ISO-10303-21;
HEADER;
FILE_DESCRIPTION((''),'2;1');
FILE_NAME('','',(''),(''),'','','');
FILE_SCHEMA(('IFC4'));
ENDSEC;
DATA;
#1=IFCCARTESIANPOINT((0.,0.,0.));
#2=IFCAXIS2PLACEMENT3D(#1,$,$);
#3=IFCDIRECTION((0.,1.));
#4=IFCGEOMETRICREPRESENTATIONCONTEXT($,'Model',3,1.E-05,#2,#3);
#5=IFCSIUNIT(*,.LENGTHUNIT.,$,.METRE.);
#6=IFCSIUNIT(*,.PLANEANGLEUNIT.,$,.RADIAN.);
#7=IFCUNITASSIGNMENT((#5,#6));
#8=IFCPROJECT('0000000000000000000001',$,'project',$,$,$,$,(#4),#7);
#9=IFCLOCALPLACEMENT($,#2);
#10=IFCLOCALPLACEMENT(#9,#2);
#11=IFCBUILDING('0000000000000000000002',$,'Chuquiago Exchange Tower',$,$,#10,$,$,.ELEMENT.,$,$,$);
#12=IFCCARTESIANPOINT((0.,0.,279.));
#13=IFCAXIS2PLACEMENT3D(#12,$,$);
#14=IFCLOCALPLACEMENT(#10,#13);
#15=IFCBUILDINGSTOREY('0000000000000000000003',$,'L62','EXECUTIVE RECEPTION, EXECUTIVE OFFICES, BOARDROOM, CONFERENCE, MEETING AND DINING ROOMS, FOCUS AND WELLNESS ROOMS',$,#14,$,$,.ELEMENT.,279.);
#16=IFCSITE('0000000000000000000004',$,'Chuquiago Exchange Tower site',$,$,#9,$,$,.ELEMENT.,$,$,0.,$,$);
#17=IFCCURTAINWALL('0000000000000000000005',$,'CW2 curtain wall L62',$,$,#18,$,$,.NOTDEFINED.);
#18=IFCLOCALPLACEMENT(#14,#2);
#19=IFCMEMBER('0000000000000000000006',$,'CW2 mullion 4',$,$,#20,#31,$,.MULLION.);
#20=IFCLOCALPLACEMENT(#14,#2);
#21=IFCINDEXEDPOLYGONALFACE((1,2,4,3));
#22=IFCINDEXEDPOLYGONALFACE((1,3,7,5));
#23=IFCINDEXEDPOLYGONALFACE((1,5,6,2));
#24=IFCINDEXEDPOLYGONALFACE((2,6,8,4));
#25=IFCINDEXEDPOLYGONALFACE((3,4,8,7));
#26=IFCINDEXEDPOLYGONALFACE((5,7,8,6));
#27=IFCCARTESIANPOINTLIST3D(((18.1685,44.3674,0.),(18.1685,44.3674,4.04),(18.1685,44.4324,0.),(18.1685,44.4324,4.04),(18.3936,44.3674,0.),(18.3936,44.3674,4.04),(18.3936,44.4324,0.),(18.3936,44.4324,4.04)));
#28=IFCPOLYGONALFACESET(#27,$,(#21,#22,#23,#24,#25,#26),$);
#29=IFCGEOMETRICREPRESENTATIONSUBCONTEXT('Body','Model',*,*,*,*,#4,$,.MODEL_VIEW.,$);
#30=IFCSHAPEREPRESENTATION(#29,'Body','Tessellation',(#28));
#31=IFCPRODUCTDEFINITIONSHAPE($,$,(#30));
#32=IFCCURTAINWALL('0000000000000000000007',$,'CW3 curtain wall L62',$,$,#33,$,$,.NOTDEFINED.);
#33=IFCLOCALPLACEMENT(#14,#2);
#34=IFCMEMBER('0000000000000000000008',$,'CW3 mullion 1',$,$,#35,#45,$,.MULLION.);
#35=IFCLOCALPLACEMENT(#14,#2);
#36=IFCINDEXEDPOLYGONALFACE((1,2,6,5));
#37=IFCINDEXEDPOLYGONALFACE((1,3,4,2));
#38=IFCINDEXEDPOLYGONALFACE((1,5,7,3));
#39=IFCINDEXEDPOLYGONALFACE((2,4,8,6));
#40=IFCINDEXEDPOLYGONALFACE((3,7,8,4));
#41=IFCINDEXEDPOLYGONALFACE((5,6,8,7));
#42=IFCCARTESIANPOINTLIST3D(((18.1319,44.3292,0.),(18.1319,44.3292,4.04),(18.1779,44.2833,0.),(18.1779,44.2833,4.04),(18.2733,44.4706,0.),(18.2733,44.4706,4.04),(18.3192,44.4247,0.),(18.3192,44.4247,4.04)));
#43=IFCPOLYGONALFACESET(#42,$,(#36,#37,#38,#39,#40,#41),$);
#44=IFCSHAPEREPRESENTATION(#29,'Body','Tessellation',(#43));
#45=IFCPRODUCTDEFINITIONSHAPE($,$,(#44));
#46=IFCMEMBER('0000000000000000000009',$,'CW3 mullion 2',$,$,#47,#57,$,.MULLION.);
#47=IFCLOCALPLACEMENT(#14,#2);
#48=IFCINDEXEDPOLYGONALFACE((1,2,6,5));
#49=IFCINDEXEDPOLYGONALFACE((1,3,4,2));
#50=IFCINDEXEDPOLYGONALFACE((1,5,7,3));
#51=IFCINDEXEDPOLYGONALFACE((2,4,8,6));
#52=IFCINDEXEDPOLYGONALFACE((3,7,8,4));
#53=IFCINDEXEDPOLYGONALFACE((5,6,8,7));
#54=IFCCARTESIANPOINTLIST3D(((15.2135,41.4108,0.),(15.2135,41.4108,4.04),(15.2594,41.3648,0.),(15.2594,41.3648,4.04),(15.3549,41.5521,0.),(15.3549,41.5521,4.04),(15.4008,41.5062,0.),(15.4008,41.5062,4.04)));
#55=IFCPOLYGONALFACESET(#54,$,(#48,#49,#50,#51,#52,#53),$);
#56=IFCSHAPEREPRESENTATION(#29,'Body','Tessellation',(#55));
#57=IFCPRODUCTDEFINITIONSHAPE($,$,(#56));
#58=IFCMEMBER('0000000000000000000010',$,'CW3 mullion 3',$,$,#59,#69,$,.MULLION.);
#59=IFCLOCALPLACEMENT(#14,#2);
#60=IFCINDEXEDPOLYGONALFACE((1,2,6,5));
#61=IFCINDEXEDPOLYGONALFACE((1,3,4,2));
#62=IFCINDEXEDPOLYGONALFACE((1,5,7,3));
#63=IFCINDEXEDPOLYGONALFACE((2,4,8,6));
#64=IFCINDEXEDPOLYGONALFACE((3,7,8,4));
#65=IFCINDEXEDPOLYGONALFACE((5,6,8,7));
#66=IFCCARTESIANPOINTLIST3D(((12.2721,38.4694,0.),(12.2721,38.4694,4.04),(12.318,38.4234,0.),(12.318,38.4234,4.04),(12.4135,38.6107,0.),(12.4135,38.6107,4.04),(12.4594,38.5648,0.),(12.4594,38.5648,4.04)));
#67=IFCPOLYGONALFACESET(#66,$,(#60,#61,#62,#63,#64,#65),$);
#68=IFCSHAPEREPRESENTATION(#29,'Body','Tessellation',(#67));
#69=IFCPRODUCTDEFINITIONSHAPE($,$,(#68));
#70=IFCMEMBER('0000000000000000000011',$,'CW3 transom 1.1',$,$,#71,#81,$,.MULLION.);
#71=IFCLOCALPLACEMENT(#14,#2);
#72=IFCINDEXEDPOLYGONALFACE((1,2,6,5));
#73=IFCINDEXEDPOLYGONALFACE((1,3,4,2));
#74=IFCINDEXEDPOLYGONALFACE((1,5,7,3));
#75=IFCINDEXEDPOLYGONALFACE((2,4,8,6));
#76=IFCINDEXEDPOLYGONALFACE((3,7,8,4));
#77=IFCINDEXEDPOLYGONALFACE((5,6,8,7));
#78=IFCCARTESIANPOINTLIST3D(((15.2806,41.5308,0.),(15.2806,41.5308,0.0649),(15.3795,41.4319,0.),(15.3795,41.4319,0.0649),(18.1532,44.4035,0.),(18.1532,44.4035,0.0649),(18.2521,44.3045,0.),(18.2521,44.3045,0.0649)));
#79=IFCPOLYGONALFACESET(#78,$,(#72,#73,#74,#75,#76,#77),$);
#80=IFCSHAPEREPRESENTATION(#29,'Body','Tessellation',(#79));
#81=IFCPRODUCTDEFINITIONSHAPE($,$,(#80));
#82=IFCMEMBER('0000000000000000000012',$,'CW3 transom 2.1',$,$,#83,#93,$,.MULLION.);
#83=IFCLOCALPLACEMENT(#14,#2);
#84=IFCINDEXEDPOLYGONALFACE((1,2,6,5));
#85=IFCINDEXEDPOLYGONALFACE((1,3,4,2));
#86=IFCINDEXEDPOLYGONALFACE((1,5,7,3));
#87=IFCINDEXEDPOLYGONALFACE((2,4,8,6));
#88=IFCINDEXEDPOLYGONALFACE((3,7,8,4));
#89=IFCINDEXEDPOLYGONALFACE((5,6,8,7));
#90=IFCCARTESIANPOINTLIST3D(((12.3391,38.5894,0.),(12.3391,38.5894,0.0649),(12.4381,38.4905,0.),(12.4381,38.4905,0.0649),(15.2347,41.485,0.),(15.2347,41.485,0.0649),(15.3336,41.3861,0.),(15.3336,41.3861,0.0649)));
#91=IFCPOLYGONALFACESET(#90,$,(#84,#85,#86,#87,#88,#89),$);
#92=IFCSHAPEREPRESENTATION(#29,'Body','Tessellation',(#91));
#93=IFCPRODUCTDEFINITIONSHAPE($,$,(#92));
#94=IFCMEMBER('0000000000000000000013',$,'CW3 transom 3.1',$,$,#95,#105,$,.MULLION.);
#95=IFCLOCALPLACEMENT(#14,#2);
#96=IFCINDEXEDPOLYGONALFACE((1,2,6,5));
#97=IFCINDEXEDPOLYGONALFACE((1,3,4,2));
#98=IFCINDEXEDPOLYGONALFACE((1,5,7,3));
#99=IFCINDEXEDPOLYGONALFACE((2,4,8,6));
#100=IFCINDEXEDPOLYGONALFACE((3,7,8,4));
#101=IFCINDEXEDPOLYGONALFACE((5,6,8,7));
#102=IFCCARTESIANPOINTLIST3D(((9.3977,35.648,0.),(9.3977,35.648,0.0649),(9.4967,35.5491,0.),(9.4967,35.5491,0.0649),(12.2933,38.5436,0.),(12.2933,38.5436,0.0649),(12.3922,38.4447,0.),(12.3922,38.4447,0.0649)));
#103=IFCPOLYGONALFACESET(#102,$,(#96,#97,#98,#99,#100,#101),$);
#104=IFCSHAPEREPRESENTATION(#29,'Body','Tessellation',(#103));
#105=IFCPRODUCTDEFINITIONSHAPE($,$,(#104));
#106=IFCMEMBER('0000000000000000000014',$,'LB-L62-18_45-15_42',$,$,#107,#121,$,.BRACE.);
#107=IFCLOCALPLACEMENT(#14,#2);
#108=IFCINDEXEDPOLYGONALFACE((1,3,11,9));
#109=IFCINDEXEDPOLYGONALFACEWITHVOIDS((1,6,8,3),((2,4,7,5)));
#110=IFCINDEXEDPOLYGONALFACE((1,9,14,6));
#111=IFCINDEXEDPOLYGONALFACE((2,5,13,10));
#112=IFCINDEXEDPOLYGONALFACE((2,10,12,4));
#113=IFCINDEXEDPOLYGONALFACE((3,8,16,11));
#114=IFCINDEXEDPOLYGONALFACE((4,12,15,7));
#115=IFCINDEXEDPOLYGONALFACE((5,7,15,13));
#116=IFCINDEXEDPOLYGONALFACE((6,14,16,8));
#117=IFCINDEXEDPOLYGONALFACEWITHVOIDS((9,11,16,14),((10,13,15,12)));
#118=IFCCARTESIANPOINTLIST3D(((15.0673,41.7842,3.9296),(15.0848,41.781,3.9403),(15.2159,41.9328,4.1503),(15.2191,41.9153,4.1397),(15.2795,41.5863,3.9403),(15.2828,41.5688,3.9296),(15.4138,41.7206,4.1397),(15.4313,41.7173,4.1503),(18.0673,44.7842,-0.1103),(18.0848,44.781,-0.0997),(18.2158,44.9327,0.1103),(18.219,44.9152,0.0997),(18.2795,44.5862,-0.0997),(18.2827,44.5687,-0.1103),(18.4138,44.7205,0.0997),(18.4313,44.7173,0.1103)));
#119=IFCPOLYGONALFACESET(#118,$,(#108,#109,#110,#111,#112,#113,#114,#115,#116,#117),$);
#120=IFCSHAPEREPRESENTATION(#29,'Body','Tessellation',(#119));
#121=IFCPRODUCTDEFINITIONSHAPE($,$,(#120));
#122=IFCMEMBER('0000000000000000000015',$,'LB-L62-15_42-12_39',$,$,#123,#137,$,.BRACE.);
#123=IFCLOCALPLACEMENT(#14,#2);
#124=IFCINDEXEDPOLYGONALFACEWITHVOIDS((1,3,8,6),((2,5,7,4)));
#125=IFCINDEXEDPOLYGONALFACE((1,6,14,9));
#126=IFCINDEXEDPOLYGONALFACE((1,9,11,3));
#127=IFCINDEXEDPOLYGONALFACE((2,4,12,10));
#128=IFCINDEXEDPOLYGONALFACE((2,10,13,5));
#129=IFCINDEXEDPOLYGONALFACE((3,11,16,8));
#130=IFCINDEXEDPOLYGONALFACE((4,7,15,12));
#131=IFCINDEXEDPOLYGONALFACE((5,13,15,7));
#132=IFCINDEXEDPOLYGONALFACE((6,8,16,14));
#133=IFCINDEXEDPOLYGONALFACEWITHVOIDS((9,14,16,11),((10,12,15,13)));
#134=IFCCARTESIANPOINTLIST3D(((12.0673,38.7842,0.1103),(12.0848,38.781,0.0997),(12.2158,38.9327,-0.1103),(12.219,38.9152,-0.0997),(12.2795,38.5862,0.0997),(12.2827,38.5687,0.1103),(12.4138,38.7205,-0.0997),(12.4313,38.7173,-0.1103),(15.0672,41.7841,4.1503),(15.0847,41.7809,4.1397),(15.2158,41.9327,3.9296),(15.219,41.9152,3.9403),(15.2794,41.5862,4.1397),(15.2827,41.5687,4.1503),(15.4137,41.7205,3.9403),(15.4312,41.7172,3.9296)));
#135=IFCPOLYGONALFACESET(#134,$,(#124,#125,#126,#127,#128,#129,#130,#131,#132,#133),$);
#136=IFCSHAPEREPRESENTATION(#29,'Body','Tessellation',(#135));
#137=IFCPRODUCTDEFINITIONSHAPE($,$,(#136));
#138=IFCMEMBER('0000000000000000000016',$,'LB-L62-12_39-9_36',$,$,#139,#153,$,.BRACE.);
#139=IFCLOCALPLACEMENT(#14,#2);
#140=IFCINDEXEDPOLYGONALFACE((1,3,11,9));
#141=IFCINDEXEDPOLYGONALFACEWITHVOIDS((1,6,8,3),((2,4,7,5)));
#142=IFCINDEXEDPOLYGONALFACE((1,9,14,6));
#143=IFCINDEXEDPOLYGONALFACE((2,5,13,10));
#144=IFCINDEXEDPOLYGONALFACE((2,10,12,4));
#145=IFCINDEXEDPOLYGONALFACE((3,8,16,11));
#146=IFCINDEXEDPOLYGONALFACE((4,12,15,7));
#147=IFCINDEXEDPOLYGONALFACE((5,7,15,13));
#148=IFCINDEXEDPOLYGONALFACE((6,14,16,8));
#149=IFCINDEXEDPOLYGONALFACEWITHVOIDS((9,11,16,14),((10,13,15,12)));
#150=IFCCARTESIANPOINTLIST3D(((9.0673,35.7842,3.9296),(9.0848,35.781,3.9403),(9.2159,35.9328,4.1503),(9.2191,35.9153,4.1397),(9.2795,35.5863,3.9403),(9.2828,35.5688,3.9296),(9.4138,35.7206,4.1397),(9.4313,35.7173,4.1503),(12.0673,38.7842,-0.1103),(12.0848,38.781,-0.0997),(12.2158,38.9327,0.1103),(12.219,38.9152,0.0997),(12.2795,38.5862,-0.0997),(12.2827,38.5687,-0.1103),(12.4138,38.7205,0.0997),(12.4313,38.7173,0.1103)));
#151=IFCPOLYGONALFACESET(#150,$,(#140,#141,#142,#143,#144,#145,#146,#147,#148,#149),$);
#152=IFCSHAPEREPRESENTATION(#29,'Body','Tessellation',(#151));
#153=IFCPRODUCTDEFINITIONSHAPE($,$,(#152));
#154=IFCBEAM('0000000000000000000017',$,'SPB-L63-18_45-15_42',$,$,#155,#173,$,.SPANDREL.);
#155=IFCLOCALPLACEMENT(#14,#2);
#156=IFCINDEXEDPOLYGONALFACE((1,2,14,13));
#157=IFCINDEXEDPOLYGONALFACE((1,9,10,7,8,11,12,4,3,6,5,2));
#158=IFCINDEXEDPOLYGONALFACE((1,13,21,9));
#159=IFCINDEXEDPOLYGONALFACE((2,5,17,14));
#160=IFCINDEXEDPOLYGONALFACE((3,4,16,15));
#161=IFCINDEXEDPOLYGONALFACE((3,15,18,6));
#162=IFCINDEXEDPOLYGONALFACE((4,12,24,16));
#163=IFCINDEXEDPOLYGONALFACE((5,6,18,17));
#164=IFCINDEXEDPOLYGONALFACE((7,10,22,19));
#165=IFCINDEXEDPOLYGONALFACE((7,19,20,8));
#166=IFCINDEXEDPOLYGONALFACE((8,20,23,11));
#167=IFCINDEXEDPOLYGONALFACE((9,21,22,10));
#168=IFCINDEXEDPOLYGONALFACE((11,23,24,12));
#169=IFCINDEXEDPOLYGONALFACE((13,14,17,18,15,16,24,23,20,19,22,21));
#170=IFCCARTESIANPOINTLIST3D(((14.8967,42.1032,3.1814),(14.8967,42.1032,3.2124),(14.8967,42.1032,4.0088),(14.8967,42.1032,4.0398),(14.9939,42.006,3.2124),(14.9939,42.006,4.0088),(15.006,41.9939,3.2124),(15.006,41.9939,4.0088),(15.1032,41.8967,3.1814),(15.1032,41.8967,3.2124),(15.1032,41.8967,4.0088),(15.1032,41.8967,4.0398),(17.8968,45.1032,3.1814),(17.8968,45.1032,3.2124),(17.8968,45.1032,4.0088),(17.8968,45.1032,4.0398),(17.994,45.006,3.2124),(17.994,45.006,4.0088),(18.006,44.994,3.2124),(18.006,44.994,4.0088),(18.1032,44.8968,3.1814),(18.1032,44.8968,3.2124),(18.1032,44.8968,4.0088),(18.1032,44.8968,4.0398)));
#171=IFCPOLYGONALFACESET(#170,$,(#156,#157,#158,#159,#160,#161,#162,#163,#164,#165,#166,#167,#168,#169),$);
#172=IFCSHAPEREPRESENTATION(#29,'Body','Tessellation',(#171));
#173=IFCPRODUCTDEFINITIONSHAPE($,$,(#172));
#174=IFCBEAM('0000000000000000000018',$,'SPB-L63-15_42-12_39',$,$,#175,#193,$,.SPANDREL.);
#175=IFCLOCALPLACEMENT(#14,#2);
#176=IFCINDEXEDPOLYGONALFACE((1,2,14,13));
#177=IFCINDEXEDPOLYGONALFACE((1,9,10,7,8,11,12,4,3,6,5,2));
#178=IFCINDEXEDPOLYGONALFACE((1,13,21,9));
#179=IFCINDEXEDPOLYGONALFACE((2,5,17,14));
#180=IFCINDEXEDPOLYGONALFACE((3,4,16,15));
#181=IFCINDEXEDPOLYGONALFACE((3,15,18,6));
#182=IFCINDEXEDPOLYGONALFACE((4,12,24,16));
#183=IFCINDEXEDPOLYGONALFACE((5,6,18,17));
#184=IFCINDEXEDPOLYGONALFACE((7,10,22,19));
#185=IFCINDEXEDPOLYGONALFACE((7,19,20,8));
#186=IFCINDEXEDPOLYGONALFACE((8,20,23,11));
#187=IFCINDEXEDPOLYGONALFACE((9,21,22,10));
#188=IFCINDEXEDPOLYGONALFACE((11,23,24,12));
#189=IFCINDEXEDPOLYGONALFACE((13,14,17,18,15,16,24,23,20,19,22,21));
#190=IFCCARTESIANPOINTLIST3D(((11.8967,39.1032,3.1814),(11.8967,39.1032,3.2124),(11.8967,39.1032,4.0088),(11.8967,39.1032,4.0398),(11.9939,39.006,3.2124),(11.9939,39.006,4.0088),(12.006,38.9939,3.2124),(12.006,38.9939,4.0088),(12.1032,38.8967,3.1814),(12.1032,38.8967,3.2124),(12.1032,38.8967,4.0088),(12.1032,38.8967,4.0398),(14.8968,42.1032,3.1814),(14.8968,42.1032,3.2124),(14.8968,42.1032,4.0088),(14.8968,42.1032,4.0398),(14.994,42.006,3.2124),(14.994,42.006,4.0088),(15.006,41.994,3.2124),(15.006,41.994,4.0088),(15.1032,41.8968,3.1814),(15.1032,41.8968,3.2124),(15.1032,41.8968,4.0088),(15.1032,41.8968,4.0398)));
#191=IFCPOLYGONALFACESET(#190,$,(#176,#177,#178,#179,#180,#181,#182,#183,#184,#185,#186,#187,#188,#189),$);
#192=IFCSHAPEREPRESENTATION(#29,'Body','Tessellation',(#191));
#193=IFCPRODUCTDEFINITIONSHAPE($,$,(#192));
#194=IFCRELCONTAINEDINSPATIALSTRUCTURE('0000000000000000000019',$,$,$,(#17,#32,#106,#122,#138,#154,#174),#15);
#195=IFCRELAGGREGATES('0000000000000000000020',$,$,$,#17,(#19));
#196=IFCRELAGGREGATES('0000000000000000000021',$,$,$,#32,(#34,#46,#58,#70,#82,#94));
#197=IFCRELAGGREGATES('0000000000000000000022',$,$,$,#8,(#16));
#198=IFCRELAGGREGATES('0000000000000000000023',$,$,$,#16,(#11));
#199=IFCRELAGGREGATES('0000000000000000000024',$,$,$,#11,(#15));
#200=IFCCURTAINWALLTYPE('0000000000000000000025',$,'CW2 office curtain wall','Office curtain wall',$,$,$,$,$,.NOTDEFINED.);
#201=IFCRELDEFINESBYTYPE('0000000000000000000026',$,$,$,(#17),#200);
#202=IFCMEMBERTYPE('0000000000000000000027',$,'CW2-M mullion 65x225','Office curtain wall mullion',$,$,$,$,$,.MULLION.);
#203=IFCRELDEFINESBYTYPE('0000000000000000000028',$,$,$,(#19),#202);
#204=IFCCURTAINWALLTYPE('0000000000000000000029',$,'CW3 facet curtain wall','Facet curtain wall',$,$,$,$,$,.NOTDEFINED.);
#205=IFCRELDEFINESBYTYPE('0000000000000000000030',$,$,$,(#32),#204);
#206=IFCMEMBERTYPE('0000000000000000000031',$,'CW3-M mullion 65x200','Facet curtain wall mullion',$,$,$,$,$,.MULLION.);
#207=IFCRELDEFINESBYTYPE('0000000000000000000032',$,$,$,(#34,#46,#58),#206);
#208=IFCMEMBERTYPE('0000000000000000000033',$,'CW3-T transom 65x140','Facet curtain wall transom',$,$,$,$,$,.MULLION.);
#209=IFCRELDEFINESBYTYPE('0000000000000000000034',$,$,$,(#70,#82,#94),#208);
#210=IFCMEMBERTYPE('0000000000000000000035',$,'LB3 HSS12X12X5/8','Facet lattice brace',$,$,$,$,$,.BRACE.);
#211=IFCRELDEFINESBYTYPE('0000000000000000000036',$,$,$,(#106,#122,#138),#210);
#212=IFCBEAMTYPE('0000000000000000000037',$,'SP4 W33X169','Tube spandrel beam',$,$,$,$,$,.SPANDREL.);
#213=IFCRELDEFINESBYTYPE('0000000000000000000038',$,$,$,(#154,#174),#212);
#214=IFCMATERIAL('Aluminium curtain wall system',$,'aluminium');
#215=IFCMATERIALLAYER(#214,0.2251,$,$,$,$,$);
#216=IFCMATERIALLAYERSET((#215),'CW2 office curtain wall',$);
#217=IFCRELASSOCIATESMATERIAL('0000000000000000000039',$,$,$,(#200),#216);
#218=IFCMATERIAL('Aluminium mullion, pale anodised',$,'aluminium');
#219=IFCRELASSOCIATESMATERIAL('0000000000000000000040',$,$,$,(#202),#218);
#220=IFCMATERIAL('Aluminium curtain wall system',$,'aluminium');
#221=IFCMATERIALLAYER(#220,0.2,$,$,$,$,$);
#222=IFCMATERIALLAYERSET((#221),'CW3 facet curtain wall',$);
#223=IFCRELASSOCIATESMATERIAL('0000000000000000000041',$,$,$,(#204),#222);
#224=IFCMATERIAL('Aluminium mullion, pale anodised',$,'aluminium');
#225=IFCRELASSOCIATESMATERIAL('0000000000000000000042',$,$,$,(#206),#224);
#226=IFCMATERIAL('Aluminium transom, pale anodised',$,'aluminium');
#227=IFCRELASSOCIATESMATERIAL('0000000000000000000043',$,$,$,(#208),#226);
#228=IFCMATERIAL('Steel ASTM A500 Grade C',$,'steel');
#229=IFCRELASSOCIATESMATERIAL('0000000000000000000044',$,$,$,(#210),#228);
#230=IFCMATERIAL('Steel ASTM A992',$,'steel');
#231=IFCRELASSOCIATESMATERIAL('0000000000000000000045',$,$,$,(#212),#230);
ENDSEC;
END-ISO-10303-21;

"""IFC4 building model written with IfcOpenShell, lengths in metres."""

from ifc_helpers import new_model, si_unit, direction, frame, origin, origin_2d, place, context, subcontext, project, spatial, rectangle, hollow_rectangle, i_section, extrude, material, layer, layer_set, material_profile, profile_set, type_object, element, aggregate, save


model = new_model("IFC4")

# Units and contexts
model_context = context("Model", 3, precision=1e-05, world=origin(), true_north=direction((0.0, 1.0)))
body_context = subcontext(model_context, "Body", "Model", "MODEL_VIEW")
ifc_project = project(units=[si_unit("LENGTHUNIT", "METRE"), si_unit("PLANEANGLEUNIT", "RADIAN")], contexts=[model_context])

# Site, building, storey
site_placement = place(None, origin())
site = spatial("IfcSite", under=ifc_project, at=site_placement, Name="Chuquiago Exchange Tower site", CompositionType="ELEMENT", RefElevation=0.0)
building_placement = place(site_placement, origin())
building = spatial("IfcBuilding", under=site, at=building_placement, Name="Chuquiago Exchange Tower", CompositionType="ELEMENT")
storey_placement = place(building_placement, frame((0.0, 0.0, 279.0)))
storey = spatial("IfcBuildingStorey", under=building, at=storey_placement, Name="L62", Description="EXECUTIVE RECEPTION, EXECUTIVE OFFICES, BOARDROOM, CONFERENCE, MEETING AND DINING ROOMS, FOCUS AND WELLNESS ROOMS", CompositionType="ELEMENT", Elevation=279.0)

# Curtain wall, member
ifc_material_1 = material(Name="Aluminium curtain wall system", Category="aluminium")
ifc_layer_1 = layer(ifc_material_1, 0.2251)
ifc_layer_set_1 = layer_set([ifc_layer_1], Name="CW2 office curtain wall")
curtain_wall_type_1 = type_object("IfcCurtainWallType", Name="CW2 office curtain wall", Description="Office curtain wall", PredefinedType="NOTDEFINED", material=ifc_layer_set_1)
curtain_wall_1_placement = place(storey_placement, origin())
curtain_wall_1 = element("IfcCurtainWall", 1, at=curtain_wall_1_placement, inside=storey, type_object=curtain_wall_type_1, Name="CW2 curtain wall L62", PredefinedType="NOTDEFINED")
ifc_material_2 = material(Name="Aluminium mullion, pale anodised", Category="aluminium")
ifc_material_profile_1 = material_profile(ifc_material_2, rectangle(XDim=0.0649, YDim=0.2251, at=origin_2d()), Name="AL 65x225")
ifc_profile_set_1 = profile_set([ifc_material_profile_1], Name="Aluminium mullion, pale anodised")
member_type_1 = type_object("IfcMemberType", Name="CW2-M mullion 65x225", Description="Office curtain wall mullion", PredefinedType="MULLION", material=ifc_profile_set_1)
member_1_placement = place(storey_placement, frame((18.281, 44.3999, 0.0), z_axis=(0.0, 0.0, 1.0), x_axis=(0.0, -1.0, 0.0)))
member_1 = element("IfcMember", 2, at=member_1_placement, type_object=member_type_1, Name="CW2 mullion 4", PredefinedType="MULLION", context=body_context, shape_type="SweptSolid", body=[
    extrude(rectangle(XDim=0.0649, YDim=0.2251, at=origin_2d()), origin(), (0.0, 0.0, 1.0), 4.04),
])
aggregate(curtain_wall_1, [member_1])

# Curtain wall, members
ifc_material_3 = material(Name="Aluminium curtain wall system", Category="aluminium")
ifc_layer_2 = layer(ifc_material_3, 0.2)
ifc_layer_set_2 = layer_set([ifc_layer_2], Name="CW3 facet curtain wall")
curtain_wall_type_2 = type_object("IfcCurtainWallType", Name="CW3 facet curtain wall", Description="Facet curtain wall", PredefinedType="NOTDEFINED", material=ifc_layer_set_2)
curtain_wall_2_placement = place(storey_placement, origin())
curtain_wall_2 = element("IfcCurtainWall", 3, at=curtain_wall_2_placement, inside=storey, type_object=curtain_wall_type_2, Name="CW3 curtain wall L62", PredefinedType="NOTDEFINED")
ifc_material_4 = material(Name="Aluminium mullion, pale anodised", Category="aluminium")
ifc_material_profile_2 = material_profile(ifc_material_4, rectangle(XDim=0.0649, YDim=0.2, at=origin_2d()), Name="AL 65x200")
ifc_profile_set_2 = profile_set([ifc_material_profile_2], Name="Aluminium mullion, pale anodised")
member_type_2 = type_object("IfcMemberType", Name="CW3-M mullion 65x200", Description="Facet curtain wall mullion", PredefinedType="MULLION", material=ifc_profile_set_2)
member_2_placement = place(storey_placement, frame((18.2256, 44.377, 0.0), z_axis=(0.0, 0.0, 1.0), x_axis=(0.707107, -0.707107, 0.0)))
member_2 = element("IfcMember", 4, at=member_2_placement, type_object=member_type_2, Name="CW3 mullion 1", PredefinedType="MULLION", context=body_context, shape_type="SweptSolid", body=[
    extrude(rectangle(XDim=0.0649, YDim=0.2, at=origin_2d()), origin(), (0.0, 0.0, 1.0), 4.04),
])
member_3_placement = place(storey_placement, frame((15.3071, 41.4585, 0.0), z_axis=(0.0, 0.0, 1.0), x_axis=(0.707107, -0.707107, 0.0)))
member_3 = element("IfcMember", 5, at=member_3_placement, type_object=member_type_2, Name="CW3 mullion 2", PredefinedType="MULLION", context=body_context, shape_type="SweptSolid", body=[
    extrude(rectangle(XDim=0.0649, YDim=0.2, at=origin_2d()), origin(), (0.0, 0.0, 1.0), 4.04),
])
member_4_placement = place(storey_placement, frame((12.3657, 38.5171, 0.0), z_axis=(0.0, 0.0, 1.0), x_axis=(0.707107, -0.707107, 0.0)))
member_4 = element("IfcMember", 6, at=member_4_placement, type_object=member_type_2, Name="CW3 mullion 3", PredefinedType="MULLION", context=body_context, shape_type="SweptSolid", body=[
    extrude(rectangle(XDim=0.0649, YDim=0.2, at=origin_2d()), origin(), (0.0, 0.0, 1.0), 4.04),
])
ifc_material_5 = material(Name="Aluminium transom, pale anodised", Category="aluminium")
ifc_material_profile_3 = material_profile(ifc_material_5, rectangle(XDim=0.1399, YDim=0.0649, at=origin_2d()), Name="AL 140x65")
ifc_profile_set_3 = profile_set([ifc_material_profile_3], Name="Aluminium transom, pale anodised")
member_type_3 = type_object("IfcMemberType", Name="CW3-T transom 65x140", Description="Facet curtain wall transom", PredefinedType="MULLION", material=ifc_profile_set_3)
member_5_placement = place(storey_placement, frame((18.2026, 44.354, 0.0325), z_axis=(-0.707107, -0.707107, 0.0), x_axis=(0.707107, -0.707107, 0.0)))
member_5 = element("IfcMember", 7, at=member_5_placement, type_object=member_type_3, Name="CW3 transom 1.1", PredefinedType="MULLION", context=body_context, shape_type="SweptSolid", body=[
    extrude(rectangle(XDim=0.1399, YDim=0.0649, at=origin_2d()), origin(), (0.0, 0.0, 1.0), 4.0625),
])
member_6_placement = place(storey_placement, frame((15.2842, 41.4355, 0.0325), z_axis=(-0.707107, -0.707107, 0.0), x_axis=(0.707107, -0.707107, 0.0)))
member_6 = element("IfcMember", 8, at=member_6_placement, type_object=member_type_3, Name="CW3 transom 2.1", PredefinedType="MULLION", context=body_context, shape_type="SweptSolid", body=[
    extrude(rectangle(XDim=0.1399, YDim=0.0649, at=origin_2d()), origin(), (0.0, 0.0, 1.0), 4.095),
])
member_7_placement = place(storey_placement, frame((12.3428, 38.4941, 0.0325), z_axis=(-0.707107, -0.707107, 0.0), x_axis=(0.707107, -0.707107, 0.0)))
member_7 = element("IfcMember", 9, at=member_7_placement, type_object=member_type_3, Name="CW3 transom 3.1", PredefinedType="MULLION", context=body_context, shape_type="SweptSolid", body=[
    extrude(rectangle(XDim=0.1399, YDim=0.0649, at=origin_2d()), origin(), (0.0, 0.0, 1.0), 4.095),
])

# Members
ifc_material_6 = material(Name="Steel ASTM A500 Grade C", Category="steel")
ifc_material_profile_4 = material_profile(ifc_material_6, hollow_rectangle(XDim=0.3047, YDim=0.3047, WallThickness=0.0146, at=origin_2d()), Name="HSS12X12X5/8")
ifc_profile_set_4 = profile_set([ifc_material_profile_4], Name="Steel ASTM A500 Grade C")
member_type_4 = type_object("IfcMemberType", Name="LB3 HSS12X12X5/8", Description="Facet lattice brace", PredefinedType="BRACE", material=ifc_profile_set_4)
for number, where, z_axis, x_axis, name in (
    (10, (18.2493, 44.7507, 0.0), (-0.512077, -0.512077, 0.689604), (0.707107, -0.707107, 0.0), "LB-L62-18_45-15_42"),
    (11, (12.2493, 38.7507, 0.0), (0.512077, 0.512077, 0.689604), (-0.707107, 0.707107, 0.0), "LB-L62-15_42-12_39"),
    (12, (12.2493, 38.7507, 0.0), (-0.512077, -0.512077, 0.689604), (0.707107, -0.707107, 0.0), "LB-L62-12_39-9_36"),
):
    element("IfcMember", number, at=place(storey_placement, frame(where, z_axis=z_axis, x_axis=x_axis)), inside=storey, type_object=member_type_4, Name=name, PredefinedType="BRACE", context=body_context, shape_type="SweptSolid", body=[
        extrude(hollow_rectangle(XDim=0.3047, YDim=0.3047, WallThickness=0.0146, at=origin_2d()), origin(), (0.0, 0.0, 1.0), 5.8584),
    ])

# Beams
ifc_material_7 = material(Name="Steel ASTM A992", Category="steel")
ifc_material_profile_5 = material_profile(ifc_material_7, i_section(OverallWidth=0.292, OverallDepth=0.8584, WebThickness=0.0171, FlangeThickness=0.031, at=origin_2d()), Name="W33X169")
ifc_profile_set_5 = profile_set([ifc_material_profile_5], Name="Steel ASTM A992")
beam_type_1 = type_object("IfcBeamType", Name="SP4 W33X169", Description="Tube spandrel beam", PredefinedType="SPANDREL", material=ifc_profile_set_5)
for number, where, z_axis, x_axis, name in (
    (13, (18.0, 45.0, 3.6106), (-0.707107, -0.707107, 0.0), (0.707107, -0.707107, 0.0), "SPB-L63-18_45-15_42"),
    (14, (15.0, 42.0, 3.6106), (-0.707107, -0.707107, 0.0), (0.707107, -0.707107, 0.0), "SPB-L63-15_42-12_39"),
):
    element("IfcBeam", number, at=place(storey_placement, frame(where, z_axis=z_axis, x_axis=x_axis)), inside=storey, type_object=beam_type_1, Name=name, PredefinedType="SPANDREL", context=body_context, shape_type="SweptSolid", body=[
        extrude(i_section(OverallWidth=0.292, OverallDepth=0.8584, WebThickness=0.0171, FlangeThickness=0.031, at=origin_2d()), origin(), (0.0, 0.0, 1.0), 4.2427),
    ])

aggregate(curtain_wall_2, [member_2, member_3, member_4, member_5, member_6, member_7])

save(model, "model.ifc")
